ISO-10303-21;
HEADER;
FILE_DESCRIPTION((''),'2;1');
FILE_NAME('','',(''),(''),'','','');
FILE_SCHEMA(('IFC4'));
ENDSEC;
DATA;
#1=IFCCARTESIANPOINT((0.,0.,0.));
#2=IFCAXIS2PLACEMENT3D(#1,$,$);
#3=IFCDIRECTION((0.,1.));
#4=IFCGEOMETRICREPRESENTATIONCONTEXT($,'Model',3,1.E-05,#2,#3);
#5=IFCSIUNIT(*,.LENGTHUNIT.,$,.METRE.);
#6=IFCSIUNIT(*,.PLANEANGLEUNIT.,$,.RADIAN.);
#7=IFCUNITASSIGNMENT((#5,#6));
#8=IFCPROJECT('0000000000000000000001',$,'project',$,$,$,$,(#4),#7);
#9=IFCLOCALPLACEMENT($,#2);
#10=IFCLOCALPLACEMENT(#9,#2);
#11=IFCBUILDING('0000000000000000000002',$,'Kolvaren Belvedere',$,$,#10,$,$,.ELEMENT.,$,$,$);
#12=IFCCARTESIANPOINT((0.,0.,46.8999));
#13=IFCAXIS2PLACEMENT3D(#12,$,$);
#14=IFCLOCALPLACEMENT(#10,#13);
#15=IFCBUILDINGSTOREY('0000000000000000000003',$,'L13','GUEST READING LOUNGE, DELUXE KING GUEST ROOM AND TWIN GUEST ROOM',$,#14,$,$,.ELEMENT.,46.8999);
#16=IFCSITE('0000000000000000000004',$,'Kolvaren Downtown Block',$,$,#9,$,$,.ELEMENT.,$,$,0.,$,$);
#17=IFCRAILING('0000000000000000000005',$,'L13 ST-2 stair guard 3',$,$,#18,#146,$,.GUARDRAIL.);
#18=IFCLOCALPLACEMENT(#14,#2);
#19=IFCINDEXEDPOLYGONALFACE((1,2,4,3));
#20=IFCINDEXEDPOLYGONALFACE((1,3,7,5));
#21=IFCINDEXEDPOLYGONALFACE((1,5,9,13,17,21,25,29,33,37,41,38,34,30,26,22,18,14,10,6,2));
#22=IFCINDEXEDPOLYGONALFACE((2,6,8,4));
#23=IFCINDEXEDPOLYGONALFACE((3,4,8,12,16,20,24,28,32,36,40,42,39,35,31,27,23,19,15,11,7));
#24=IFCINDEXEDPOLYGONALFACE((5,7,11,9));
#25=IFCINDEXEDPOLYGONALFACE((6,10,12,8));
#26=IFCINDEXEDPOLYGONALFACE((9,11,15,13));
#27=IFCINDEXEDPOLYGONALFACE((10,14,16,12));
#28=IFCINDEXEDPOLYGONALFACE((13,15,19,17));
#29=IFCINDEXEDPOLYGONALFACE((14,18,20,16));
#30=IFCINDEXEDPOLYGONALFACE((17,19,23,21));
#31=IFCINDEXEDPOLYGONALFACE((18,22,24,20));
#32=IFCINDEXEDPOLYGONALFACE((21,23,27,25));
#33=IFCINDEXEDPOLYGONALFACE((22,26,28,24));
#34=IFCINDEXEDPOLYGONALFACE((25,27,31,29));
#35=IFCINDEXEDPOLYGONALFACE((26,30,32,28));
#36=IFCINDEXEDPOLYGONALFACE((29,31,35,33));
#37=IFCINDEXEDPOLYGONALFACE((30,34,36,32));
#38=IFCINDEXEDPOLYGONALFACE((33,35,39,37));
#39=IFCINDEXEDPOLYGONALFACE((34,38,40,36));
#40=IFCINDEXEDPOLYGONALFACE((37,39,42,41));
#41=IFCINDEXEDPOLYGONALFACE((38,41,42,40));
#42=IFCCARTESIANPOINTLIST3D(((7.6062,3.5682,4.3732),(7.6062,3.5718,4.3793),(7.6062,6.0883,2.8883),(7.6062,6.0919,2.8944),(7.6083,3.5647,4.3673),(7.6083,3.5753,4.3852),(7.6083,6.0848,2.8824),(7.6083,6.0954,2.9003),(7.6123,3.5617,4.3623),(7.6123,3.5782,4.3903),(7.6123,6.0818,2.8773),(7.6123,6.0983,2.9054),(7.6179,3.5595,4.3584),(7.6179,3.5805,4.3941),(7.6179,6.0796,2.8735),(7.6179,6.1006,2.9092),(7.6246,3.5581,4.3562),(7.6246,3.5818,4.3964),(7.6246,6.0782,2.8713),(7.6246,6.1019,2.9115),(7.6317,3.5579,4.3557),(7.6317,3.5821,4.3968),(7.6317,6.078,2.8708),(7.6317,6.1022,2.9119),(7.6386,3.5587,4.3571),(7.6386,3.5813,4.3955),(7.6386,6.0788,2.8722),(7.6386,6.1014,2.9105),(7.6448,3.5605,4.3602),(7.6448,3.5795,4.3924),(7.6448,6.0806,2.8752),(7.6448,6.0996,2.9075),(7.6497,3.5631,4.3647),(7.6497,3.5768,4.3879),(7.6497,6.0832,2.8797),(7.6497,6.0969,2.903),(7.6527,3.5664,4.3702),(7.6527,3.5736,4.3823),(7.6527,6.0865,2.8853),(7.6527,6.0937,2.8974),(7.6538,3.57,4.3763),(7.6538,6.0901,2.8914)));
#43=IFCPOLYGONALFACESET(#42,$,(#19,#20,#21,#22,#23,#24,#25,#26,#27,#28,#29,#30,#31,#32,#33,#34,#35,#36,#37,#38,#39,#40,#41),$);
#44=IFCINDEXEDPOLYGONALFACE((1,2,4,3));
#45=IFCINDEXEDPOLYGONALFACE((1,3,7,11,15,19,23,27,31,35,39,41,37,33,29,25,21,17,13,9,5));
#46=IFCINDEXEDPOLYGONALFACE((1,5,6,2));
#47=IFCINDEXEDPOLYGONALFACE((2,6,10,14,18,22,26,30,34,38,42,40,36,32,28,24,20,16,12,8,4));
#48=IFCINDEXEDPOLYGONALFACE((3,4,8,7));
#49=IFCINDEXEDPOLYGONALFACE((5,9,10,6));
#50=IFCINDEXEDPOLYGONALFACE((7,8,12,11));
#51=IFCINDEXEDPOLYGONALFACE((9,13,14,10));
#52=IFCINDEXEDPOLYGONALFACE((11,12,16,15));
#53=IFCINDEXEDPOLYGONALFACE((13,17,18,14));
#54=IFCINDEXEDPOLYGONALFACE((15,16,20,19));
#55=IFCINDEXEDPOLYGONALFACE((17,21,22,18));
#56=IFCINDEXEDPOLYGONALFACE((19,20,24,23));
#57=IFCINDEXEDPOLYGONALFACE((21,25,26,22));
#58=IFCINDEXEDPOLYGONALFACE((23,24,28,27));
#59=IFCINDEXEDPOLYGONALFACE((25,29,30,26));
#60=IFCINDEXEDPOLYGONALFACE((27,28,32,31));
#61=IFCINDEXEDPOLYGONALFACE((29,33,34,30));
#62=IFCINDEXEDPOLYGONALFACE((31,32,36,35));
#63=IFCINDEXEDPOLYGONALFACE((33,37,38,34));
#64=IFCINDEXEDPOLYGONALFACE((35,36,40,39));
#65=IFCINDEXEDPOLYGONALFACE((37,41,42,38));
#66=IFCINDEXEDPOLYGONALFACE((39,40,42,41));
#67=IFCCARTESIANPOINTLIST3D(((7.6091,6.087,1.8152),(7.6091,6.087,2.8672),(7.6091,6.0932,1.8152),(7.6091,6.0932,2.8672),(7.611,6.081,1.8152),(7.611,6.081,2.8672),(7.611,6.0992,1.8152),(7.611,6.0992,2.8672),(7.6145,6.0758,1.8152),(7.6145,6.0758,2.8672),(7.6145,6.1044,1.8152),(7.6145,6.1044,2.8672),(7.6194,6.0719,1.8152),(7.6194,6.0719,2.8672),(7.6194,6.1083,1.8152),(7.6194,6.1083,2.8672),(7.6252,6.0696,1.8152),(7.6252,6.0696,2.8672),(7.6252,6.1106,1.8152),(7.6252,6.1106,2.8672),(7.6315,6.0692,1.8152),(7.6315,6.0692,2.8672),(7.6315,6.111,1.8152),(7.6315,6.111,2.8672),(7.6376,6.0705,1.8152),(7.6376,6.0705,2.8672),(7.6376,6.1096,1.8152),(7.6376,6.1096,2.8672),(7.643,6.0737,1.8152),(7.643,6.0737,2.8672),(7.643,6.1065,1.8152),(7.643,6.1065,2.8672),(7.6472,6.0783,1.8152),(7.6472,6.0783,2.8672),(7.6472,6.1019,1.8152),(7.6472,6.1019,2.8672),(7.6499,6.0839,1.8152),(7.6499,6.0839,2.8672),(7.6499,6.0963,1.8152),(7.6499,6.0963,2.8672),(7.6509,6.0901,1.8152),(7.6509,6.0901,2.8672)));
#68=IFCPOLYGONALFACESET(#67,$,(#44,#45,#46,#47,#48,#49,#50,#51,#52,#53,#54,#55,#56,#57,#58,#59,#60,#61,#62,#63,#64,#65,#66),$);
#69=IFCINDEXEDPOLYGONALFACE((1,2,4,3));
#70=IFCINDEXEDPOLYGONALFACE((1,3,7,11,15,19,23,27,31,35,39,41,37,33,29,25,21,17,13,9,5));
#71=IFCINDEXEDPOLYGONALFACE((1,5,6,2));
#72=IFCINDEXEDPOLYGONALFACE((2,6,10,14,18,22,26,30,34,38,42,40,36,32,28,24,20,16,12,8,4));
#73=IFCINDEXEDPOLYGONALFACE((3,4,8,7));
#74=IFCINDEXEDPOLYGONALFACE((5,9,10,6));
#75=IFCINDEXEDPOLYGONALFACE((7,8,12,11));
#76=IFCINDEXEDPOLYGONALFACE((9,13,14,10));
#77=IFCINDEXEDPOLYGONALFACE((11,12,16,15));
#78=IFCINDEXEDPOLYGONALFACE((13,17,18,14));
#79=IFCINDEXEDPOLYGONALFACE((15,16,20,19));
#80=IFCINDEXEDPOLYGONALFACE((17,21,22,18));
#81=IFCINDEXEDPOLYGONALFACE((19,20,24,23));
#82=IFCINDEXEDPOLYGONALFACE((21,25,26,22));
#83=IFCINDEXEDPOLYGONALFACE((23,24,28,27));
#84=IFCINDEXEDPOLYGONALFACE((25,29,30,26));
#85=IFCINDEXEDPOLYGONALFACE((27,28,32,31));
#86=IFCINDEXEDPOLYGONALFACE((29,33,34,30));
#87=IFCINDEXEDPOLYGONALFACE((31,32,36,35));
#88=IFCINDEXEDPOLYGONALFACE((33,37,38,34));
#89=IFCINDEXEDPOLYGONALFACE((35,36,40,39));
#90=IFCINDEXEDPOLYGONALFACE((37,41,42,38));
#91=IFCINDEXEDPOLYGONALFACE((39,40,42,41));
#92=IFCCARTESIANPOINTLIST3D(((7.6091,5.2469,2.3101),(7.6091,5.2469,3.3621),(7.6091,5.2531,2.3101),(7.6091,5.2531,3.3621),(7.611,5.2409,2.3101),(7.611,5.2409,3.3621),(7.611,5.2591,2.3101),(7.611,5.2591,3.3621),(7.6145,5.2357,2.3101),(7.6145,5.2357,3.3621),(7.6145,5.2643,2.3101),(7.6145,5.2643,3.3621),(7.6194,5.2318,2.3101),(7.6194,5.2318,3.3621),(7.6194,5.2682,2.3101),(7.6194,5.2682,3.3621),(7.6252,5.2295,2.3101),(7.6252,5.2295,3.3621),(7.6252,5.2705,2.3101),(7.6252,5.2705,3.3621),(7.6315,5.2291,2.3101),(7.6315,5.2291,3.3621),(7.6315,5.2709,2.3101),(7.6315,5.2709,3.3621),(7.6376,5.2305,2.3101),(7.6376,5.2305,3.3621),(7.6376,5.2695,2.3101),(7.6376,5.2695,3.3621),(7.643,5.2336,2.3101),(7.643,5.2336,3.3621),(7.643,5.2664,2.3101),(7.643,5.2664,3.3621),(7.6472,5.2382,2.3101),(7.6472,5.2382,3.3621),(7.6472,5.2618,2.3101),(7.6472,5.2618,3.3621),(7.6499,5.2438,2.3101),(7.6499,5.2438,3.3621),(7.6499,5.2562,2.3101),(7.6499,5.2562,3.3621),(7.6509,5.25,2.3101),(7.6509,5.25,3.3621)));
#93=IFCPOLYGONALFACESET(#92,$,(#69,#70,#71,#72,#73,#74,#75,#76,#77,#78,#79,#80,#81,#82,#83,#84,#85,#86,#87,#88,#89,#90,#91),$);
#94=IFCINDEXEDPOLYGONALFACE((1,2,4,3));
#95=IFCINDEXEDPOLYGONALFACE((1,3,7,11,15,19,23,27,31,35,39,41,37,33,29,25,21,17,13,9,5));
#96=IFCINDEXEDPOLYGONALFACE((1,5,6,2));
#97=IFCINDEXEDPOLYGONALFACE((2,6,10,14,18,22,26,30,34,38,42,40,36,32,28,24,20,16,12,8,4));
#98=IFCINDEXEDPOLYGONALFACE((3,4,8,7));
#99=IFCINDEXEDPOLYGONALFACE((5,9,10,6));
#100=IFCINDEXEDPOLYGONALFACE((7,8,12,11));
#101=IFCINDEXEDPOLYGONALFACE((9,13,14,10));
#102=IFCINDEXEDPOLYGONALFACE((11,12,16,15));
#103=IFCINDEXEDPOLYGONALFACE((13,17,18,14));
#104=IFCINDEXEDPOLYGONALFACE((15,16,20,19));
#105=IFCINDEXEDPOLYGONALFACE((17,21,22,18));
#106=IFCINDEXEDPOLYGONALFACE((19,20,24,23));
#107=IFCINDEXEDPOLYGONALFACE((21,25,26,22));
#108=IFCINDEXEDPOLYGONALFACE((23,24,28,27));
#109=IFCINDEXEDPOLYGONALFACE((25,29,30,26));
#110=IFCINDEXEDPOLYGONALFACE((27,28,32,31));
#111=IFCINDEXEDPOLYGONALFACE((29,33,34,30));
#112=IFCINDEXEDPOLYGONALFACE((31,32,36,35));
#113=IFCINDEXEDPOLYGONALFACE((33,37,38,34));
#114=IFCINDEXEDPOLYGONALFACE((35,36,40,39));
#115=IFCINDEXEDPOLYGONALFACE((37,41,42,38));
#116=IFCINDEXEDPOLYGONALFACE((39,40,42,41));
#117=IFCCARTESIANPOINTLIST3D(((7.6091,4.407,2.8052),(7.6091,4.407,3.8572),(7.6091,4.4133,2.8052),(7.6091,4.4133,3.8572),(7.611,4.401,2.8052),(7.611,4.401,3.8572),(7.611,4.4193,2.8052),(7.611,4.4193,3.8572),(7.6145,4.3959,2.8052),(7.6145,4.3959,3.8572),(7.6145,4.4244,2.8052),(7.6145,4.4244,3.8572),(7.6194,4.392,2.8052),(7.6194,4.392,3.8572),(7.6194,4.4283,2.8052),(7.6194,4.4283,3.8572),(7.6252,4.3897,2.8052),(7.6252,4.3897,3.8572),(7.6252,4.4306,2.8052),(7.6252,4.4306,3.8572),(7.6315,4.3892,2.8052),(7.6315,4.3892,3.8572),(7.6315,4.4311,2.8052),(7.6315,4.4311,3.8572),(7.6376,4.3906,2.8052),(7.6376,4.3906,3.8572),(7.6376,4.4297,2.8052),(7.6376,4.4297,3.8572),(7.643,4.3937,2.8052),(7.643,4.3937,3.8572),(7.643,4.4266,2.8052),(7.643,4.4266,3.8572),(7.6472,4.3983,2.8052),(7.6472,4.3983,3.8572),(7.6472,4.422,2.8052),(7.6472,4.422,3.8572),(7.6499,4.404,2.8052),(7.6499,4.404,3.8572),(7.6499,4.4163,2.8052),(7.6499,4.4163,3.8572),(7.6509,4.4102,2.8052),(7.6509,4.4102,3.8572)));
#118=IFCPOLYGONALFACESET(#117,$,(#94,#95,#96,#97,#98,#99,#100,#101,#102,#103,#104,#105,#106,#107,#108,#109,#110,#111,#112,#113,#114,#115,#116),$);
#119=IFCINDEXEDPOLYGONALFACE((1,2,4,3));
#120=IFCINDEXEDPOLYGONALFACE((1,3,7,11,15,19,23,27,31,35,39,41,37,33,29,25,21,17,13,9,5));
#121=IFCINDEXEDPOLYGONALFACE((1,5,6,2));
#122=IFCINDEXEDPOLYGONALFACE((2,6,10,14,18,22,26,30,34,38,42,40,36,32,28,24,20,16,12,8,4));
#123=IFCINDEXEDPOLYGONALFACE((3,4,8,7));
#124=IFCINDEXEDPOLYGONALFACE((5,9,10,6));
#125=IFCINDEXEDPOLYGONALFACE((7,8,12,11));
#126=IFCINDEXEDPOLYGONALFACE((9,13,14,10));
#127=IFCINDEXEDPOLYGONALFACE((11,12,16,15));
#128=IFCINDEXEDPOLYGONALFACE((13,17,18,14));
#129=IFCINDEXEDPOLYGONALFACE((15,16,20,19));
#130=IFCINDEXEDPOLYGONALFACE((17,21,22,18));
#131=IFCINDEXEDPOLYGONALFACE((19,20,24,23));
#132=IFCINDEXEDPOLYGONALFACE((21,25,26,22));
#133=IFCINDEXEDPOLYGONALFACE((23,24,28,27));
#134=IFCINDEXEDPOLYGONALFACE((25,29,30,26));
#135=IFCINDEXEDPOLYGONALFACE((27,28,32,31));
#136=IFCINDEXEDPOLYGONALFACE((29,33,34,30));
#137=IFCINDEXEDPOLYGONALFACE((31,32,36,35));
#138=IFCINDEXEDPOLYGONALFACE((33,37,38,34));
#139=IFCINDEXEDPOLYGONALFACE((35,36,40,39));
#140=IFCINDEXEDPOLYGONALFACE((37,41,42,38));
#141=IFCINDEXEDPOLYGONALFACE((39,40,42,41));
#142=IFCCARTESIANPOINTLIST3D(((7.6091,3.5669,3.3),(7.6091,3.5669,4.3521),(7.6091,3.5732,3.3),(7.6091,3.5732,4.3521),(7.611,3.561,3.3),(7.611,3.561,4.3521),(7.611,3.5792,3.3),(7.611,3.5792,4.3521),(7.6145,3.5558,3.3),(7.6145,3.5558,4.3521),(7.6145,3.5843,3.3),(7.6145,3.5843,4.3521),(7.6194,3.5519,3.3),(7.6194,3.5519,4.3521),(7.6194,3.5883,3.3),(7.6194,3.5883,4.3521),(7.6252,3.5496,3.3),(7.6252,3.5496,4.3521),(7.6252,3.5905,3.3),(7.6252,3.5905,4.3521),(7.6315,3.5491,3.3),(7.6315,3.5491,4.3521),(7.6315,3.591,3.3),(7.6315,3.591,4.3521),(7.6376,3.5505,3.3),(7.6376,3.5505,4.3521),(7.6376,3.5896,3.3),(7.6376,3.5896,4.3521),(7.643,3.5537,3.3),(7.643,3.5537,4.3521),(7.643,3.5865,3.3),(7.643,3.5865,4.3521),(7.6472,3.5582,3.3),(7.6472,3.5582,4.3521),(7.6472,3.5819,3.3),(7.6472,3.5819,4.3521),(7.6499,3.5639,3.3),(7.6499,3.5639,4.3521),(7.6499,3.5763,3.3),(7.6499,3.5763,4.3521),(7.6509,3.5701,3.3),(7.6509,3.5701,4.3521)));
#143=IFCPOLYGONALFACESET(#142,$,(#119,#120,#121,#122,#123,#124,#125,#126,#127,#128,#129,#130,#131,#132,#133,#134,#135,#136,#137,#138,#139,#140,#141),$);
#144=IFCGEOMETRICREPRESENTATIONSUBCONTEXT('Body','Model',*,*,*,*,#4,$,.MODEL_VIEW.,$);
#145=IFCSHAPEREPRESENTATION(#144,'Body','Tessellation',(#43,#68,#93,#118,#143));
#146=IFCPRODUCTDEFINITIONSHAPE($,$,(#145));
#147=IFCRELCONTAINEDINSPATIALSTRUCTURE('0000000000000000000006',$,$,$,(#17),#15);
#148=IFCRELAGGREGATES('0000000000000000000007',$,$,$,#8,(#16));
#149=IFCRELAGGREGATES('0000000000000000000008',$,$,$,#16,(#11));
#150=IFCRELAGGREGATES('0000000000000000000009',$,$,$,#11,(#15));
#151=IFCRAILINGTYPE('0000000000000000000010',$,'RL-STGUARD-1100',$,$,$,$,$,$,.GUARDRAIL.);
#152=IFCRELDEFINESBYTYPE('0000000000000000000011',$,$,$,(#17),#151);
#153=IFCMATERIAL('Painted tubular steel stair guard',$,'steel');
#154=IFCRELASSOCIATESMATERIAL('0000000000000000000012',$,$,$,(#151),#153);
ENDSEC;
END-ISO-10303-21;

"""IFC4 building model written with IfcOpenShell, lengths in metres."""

from ifc_helpers import new_model, si_unit, direction, frame, origin, origin_2d, place, context, subcontext, project, spatial, circle, extrude, material, type_object, element, save


model = new_model("IFC4")

# Units and contexts
model_context = context("Model", 3, precision=1e-05, world=origin(), true_north=direction((0.0, 1.0)))
body_context = subcontext(model_context, "Body", "Model", "MODEL_VIEW")
ifc_project = project(units=[si_unit("LENGTHUNIT", "METRE"), si_unit("PLANEANGLEUNIT", "RADIAN")], contexts=[model_context])

# Site, building, storey
site_placement = place(None, origin())
site = spatial("IfcSite", under=ifc_project, at=site_placement, Name="Kolvaren Downtown Block", CompositionType="ELEMENT", RefElevation=0.0)
building_placement = place(site_placement, origin())
building = spatial("IfcBuilding", under=site, at=building_placement, Name="Kolvaren Belvedere", CompositionType="ELEMENT")
storey_placement = place(building_placement, frame((0.0, 0.0, 46.8999)))
storey = spatial("IfcBuildingStorey", under=building, at=storey_placement, Name="L13", Description="GUEST READING LOUNGE, DELUXE KING GUEST ROOM AND TWIN GUEST ROOM", CompositionType="ELEMENT", Elevation=46.8999)

# Railing
ifc_material_1 = material(Name="Painted tubular steel stair guard", Category="steel")
railing_type_1 = type_object("IfcRailingType", Name="RL-STGUARD-1100", PredefinedType="GUARDRAIL", material=ifc_material_1)
railing_1_placement = place(storey_placement, frame((7.6299, 6.0901, 1.8152)))
element("IfcRailing", 1, at=railing_1_placement, inside=storey, type_object=railing_type_1, Name="L13 ST-2 stair guard 3", PredefinedType="GUARDRAIL", context=body_context, shape_type="SweptSolid", body=[
    extrude(circle(Radius=0.0239, at=origin_2d()), frame((0.0, 0.0, 1.0762), z_axis=(0.0, -0.861561, 0.507655), x_axis=(1.0, 0.0, 0.0)), (0.0, 0.0, 1.0), 2.925),
    extrude(circle(Radius=0.021, at=origin_2d()), origin(), (0.0, 0.0, 1.0), 1.052),
    extrude(circle(Radius=0.021, at=origin_2d()), frame((0.0, -0.8401, 0.4949)), (0.0, 0.0, 1.0), 1.052),
    extrude(circle(Radius=0.021, at=origin_2d()), frame((0.0, -1.6799, 0.99)), (0.0, 0.0, 1.0), 1.052),
    extrude(circle(Radius=0.021, at=origin_2d()), frame((0.0, -2.52, 1.4849)), (0.0, 0.0, 1.0), 1.052),
])

save(model, "model.ifc")
